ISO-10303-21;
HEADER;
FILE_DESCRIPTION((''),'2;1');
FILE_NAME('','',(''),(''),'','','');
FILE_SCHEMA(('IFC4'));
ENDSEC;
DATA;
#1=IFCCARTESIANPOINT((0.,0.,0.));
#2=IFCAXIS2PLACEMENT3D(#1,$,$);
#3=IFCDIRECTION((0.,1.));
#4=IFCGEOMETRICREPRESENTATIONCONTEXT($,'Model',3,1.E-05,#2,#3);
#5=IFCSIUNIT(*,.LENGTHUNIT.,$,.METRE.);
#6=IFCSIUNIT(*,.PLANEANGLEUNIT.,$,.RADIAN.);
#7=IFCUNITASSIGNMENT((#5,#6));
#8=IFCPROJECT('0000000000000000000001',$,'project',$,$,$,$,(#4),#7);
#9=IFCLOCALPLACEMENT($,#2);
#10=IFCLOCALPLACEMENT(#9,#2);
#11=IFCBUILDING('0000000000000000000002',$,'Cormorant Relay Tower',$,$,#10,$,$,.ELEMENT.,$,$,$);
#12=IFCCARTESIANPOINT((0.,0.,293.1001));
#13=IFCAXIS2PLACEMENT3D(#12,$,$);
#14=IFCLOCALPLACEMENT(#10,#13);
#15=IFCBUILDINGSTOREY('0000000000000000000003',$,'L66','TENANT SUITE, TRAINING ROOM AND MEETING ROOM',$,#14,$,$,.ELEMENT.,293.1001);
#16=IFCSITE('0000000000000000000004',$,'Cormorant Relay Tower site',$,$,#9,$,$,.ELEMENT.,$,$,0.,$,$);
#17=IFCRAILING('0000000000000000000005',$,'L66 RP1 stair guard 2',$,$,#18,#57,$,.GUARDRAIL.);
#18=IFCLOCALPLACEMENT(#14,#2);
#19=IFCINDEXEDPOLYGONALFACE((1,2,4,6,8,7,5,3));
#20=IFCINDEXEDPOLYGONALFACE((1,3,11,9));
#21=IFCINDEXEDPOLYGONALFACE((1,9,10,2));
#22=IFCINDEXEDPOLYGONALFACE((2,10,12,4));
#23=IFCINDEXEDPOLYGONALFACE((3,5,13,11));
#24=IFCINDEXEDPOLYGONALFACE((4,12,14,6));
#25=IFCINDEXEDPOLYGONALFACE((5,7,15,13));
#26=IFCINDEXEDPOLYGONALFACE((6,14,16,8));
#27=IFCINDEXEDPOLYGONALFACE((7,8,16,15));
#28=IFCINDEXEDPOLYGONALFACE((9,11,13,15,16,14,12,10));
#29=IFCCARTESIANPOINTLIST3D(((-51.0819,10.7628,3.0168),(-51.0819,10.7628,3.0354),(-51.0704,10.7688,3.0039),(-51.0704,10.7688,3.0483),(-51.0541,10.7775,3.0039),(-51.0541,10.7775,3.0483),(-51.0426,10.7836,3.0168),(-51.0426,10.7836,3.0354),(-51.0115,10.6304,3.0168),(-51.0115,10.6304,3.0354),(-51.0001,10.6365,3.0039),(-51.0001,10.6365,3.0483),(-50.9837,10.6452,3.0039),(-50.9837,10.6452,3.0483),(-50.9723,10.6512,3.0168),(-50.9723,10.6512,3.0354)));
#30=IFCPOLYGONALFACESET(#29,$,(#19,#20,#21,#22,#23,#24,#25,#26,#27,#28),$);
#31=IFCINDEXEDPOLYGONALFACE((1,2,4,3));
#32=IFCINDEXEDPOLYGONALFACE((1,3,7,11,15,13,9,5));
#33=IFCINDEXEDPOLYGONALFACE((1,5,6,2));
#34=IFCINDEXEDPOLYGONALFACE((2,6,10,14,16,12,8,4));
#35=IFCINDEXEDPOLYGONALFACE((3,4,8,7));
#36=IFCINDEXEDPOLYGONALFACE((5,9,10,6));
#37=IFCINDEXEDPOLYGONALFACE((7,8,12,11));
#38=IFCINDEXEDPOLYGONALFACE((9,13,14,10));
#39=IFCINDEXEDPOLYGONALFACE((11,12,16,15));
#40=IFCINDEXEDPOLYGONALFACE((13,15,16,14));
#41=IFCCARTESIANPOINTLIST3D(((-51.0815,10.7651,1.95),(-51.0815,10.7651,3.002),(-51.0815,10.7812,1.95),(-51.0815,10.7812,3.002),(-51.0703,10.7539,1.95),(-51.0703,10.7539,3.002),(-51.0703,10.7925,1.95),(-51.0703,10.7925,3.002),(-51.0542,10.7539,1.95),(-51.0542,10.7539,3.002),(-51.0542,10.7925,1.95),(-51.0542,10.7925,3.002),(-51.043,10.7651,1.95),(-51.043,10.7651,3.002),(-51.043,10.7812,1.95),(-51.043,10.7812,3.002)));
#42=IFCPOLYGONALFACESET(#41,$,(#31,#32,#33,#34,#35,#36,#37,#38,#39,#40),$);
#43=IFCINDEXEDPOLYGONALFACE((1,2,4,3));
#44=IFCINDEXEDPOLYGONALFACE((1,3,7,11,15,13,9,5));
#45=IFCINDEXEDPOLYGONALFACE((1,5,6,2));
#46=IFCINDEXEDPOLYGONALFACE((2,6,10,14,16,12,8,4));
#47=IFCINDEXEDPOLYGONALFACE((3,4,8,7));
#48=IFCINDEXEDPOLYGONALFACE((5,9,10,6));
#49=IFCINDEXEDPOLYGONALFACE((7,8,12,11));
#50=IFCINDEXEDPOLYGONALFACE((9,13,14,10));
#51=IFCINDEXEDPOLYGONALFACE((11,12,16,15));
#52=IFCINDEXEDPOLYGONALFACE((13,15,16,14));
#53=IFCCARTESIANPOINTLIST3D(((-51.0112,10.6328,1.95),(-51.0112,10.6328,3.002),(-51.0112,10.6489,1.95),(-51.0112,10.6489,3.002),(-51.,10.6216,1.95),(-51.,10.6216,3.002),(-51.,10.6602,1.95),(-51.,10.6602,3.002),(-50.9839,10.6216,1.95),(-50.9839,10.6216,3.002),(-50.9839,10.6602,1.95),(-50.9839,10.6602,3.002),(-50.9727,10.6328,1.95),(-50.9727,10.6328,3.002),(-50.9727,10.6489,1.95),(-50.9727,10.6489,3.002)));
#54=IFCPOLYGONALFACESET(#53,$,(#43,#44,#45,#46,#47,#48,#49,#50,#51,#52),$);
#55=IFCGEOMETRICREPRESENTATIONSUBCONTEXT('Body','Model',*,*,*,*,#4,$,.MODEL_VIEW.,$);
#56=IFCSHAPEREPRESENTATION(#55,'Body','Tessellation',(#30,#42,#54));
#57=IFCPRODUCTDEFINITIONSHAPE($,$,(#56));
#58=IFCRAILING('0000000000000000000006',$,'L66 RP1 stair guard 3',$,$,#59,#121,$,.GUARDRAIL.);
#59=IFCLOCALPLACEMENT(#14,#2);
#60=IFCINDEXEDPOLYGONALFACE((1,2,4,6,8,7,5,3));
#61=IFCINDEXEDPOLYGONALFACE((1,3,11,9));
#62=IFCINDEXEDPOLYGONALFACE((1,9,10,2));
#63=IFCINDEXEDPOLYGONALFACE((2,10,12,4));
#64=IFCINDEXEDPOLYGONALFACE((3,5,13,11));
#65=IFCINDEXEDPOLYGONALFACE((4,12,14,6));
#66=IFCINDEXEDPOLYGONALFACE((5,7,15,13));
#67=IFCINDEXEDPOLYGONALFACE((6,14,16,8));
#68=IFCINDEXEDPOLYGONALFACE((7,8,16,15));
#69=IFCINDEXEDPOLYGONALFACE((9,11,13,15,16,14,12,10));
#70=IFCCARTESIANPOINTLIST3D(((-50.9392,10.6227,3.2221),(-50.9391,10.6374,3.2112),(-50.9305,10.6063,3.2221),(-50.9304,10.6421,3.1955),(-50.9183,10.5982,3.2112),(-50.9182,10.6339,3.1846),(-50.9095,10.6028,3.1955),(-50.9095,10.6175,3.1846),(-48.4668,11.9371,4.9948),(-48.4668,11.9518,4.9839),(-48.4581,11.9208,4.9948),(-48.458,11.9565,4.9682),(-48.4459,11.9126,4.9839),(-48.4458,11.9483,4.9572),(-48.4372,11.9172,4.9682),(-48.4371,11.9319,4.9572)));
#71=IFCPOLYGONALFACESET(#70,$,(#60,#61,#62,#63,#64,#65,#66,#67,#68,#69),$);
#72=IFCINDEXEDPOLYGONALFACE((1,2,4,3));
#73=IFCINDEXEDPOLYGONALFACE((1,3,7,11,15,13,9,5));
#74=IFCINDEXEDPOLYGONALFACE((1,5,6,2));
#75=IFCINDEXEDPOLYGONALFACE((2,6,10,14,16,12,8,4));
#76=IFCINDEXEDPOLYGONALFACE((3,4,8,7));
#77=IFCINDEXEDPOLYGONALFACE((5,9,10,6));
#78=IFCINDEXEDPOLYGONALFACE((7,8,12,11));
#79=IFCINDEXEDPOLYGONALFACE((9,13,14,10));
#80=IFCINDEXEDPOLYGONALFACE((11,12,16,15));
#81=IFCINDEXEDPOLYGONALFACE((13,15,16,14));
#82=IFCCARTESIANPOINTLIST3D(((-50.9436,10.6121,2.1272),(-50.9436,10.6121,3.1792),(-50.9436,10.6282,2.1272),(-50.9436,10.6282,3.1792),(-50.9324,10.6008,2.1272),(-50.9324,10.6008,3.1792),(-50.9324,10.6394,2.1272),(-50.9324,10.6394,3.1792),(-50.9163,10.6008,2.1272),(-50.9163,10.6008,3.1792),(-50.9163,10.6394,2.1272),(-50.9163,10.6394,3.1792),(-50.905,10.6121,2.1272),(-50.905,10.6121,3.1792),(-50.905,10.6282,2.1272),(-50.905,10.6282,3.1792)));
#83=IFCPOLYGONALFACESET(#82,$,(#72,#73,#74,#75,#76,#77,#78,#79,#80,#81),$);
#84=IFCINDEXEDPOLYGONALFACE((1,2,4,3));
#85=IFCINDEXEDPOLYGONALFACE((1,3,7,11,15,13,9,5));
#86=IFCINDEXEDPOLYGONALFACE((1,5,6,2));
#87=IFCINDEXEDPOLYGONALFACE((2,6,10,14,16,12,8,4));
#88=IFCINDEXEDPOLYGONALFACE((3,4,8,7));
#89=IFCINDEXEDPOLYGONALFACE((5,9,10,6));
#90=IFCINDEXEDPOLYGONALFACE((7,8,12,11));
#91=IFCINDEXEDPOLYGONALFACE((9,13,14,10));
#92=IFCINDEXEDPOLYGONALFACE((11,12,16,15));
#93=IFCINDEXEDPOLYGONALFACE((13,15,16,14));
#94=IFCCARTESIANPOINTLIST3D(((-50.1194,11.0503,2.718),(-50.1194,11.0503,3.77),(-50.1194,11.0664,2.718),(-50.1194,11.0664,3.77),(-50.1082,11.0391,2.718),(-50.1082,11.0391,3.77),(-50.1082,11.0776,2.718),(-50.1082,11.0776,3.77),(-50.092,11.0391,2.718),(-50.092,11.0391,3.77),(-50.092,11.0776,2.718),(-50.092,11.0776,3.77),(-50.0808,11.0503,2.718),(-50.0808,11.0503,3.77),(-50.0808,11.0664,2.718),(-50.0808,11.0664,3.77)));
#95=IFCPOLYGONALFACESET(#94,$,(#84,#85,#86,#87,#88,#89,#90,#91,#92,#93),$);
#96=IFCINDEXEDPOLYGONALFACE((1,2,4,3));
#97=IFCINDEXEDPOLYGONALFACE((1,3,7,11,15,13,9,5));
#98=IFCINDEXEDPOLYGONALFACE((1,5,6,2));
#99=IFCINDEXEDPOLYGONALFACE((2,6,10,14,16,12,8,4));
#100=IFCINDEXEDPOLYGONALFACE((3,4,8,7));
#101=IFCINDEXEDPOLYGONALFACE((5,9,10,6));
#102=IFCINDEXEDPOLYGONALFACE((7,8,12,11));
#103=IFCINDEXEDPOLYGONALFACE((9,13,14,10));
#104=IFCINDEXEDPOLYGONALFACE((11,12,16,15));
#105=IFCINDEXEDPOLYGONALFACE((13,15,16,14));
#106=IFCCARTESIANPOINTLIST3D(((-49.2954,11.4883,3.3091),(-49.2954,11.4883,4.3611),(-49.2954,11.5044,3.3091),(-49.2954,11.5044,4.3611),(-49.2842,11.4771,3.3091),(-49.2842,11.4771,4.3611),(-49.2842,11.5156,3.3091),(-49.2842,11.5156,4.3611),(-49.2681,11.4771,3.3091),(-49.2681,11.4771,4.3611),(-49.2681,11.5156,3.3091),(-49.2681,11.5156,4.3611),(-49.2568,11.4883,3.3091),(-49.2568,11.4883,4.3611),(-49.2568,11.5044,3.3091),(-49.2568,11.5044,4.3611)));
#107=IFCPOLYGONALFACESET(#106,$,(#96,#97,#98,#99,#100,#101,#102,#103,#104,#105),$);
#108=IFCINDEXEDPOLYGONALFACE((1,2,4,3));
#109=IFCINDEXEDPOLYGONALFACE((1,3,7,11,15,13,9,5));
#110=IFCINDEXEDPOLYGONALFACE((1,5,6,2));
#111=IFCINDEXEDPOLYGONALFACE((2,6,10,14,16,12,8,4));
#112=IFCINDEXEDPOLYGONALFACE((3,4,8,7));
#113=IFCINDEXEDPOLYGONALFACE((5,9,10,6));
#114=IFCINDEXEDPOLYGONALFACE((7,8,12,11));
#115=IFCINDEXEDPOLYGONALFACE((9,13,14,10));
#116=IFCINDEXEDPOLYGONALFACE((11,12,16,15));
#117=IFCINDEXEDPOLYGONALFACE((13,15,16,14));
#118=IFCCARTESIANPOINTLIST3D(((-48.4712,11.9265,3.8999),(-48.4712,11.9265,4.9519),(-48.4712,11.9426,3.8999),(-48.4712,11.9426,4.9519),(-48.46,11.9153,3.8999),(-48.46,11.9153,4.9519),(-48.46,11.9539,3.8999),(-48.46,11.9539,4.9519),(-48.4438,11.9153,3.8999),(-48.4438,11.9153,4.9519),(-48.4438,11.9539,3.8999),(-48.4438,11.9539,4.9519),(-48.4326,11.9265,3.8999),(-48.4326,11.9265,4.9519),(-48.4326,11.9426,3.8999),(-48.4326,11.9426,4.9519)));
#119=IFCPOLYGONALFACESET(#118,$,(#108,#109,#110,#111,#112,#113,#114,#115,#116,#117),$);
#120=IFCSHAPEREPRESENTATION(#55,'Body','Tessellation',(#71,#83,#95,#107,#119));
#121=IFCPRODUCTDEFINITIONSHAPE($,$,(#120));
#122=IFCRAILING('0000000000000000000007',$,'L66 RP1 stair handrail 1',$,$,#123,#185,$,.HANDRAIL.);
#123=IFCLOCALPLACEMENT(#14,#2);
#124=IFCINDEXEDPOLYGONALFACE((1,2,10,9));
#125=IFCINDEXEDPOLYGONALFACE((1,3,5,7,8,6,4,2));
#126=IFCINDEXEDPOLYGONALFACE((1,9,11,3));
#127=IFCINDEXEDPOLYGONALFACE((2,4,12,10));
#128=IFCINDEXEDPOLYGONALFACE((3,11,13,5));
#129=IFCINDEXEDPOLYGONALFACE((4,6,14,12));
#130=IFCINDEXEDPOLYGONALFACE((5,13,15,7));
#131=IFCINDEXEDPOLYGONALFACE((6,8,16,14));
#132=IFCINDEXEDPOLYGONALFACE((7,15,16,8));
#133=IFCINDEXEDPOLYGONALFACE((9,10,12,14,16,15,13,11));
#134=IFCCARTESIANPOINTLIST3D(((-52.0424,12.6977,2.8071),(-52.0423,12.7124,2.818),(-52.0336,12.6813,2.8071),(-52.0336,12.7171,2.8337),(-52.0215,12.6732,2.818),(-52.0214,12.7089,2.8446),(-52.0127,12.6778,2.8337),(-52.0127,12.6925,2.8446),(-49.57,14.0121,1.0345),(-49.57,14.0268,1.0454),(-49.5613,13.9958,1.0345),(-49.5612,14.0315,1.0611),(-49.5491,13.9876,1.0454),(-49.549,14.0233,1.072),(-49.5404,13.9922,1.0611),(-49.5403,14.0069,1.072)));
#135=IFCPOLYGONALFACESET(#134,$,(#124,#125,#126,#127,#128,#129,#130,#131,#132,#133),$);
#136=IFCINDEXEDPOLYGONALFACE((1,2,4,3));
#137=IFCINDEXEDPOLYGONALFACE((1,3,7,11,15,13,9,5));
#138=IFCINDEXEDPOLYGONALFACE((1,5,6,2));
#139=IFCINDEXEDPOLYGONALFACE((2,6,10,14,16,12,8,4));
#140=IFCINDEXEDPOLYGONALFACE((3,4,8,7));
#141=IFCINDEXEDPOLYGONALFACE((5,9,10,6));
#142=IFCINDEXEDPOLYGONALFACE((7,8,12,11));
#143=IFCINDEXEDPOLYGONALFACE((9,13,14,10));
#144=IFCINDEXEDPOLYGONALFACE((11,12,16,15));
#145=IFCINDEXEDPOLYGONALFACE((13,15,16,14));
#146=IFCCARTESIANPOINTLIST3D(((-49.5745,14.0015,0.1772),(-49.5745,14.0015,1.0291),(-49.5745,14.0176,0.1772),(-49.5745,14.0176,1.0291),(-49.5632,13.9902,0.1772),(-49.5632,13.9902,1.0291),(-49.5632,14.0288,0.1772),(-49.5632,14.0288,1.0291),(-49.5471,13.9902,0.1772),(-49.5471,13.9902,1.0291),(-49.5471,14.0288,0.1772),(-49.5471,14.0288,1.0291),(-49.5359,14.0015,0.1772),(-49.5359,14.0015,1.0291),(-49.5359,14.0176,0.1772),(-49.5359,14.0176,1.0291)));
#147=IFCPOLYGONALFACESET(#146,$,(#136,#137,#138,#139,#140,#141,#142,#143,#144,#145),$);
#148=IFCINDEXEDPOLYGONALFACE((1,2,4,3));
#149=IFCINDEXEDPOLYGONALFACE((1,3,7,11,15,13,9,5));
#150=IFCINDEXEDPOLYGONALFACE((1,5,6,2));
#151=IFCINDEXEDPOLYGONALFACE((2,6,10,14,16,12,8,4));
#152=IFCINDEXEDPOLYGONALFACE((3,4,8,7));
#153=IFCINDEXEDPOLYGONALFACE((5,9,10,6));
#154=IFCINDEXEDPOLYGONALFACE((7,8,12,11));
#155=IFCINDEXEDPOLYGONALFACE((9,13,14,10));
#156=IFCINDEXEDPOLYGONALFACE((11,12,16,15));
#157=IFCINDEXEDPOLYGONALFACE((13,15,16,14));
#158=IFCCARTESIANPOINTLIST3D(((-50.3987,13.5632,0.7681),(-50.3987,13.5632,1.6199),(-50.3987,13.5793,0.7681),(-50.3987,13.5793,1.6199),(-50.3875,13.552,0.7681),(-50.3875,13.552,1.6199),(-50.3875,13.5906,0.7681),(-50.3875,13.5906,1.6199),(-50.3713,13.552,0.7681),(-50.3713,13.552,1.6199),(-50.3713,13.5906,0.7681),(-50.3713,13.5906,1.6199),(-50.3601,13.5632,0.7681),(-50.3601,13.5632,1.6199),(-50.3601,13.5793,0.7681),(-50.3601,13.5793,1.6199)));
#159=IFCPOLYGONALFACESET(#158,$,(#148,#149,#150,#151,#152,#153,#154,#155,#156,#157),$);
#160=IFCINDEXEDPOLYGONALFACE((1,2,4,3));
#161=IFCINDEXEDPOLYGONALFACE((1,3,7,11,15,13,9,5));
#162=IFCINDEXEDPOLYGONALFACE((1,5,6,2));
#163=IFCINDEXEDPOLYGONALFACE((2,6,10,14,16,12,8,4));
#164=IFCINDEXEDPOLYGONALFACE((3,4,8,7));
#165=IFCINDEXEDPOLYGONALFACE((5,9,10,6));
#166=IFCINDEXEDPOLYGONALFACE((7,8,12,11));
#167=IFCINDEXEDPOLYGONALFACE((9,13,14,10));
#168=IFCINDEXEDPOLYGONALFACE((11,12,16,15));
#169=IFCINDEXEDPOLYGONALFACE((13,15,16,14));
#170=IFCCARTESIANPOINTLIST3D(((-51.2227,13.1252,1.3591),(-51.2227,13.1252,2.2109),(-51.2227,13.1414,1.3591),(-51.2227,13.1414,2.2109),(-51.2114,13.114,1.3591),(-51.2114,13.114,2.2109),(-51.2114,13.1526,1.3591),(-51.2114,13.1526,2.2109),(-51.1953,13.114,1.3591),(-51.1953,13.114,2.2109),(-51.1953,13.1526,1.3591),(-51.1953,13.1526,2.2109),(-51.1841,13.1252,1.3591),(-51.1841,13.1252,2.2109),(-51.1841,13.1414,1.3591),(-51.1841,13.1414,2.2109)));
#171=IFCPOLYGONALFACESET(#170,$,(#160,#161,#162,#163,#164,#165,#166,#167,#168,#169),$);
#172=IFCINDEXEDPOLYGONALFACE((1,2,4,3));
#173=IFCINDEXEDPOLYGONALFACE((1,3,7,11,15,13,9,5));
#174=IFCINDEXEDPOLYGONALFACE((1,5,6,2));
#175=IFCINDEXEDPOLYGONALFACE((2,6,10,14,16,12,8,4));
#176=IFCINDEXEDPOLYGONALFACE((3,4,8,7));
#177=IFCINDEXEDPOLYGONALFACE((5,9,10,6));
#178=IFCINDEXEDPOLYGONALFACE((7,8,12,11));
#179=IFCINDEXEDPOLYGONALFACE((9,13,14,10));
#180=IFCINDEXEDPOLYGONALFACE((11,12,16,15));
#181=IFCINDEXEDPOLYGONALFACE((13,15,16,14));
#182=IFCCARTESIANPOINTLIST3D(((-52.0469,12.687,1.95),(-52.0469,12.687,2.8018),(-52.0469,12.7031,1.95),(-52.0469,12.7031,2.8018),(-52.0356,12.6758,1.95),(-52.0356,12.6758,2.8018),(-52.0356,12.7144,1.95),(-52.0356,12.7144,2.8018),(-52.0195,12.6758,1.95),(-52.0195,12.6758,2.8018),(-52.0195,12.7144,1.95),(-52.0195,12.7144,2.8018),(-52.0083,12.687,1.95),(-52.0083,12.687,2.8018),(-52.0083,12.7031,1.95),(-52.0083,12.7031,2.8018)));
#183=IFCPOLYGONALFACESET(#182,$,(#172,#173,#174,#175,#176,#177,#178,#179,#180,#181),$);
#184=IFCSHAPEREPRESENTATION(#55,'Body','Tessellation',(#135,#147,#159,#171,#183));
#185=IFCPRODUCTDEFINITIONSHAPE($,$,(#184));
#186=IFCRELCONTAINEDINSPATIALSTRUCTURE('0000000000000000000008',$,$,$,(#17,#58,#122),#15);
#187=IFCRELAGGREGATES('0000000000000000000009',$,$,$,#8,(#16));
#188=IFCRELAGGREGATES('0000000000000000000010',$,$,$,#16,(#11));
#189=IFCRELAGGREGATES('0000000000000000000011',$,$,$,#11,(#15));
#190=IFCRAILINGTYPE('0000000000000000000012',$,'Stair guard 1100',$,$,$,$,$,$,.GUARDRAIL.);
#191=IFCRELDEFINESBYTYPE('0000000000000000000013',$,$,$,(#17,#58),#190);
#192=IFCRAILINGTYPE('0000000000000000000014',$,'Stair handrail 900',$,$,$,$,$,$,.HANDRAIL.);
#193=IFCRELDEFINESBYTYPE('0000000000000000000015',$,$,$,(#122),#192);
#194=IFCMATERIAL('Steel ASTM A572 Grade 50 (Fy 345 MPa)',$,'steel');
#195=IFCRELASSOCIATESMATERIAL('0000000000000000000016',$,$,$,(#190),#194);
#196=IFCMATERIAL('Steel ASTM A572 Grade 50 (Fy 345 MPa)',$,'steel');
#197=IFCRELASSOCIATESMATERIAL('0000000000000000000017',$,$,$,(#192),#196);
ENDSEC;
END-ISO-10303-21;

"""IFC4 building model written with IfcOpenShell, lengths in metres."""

from ifc_helpers import new_model, si_unit, direction, frame, origin, place, context, subcontext, project, spatial, polyline, outline, extrude, material, type_object, element, save


model = new_model("IFC4")

# Units and contexts
model_context = context("Model", 3, precision=1e-05, world=origin(), true_north=direction((0.0, 1.0)))
body_context = subcontext(model_context, "Body", "Model", "MODEL_VIEW")
ifc_project = project(units=[si_unit("LENGTHUNIT", "METRE"), si_unit("PLANEANGLEUNIT", "RADIAN")], contexts=[model_context])

# Site, building, storey
site_placement = place(None, origin())
site = spatial("IfcSite", under=ifc_project, at=site_placement, Name="Cormorant Relay Tower site", CompositionType="ELEMENT", RefElevation=0.0)
building_placement = place(site_placement, origin())
building = spatial("IfcBuilding", under=site, at=building_placement, Name="Cormorant Relay Tower", CompositionType="ELEMENT")
storey_placement = place(building_placement, frame((0.0, 0.0, 293.1001)))
storey = spatial("IfcBuildingStorey", under=building, at=storey_placement, Name="L66", Description="TENANT SUITE, TRAINING ROOM AND MEETING ROOM", CompositionType="ELEMENT", Elevation=293.1001)

# Railings
ifc_material_1 = material(Name="Steel ASTM A572 Grade 50 (Fy 345 MPa)", Category="steel")
railing_type_1 = type_object("IfcRailingType", Name="Stair guard 1100", PredefinedType="GUARDRAIL", material=ifc_material_1)
railing_1_placement = place(storey_placement, frame((-51.0623, 10.7732, 1.95)))
element("IfcRailing", 1, at=railing_1_placement, inside=storey, type_object=railing_type_1, Name="L66 RP1 stair guard 2", PredefinedType="GUARDRAIL", context=body_context, shape_type="SweptSolid", body=[
    extrude(outline(polyline([(0.0222, 0.0093), (0.0093, 0.0222), (-0.0093, 0.0222), (-0.0222, 0.0093), (-0.0222, -0.0093), (-0.0093, -0.0222), (0.0093, -0.0222), (0.0222, -0.0093), (0.0222, 0.0093)])), frame((0.0, 0.0, 1.0762), z_axis=(0.469235, -0.883074, 0.0), x_axis=(0.883074, 0.469235, 0.0)), (0.0, 0.0, 1.0), 0.1499),
    extrude(outline(polyline([(0.0193, 0.0081), (0.0081, 0.0193), (-0.0081, 0.0193), (-0.0193, 0.0081), (-0.0193, -0.0081), (-0.0081, -0.0193), (0.0081, -0.0193), (0.0193, -0.0081), (0.0193, 0.0081)])), origin(), (0.0, 0.0, 1.0), 1.052),
    extrude(outline(polyline([(0.0193, 0.0081), (0.0081, 0.0193), (-0.0081, 0.0193), (-0.0193, 0.0081), (-0.0193, -0.0081), (-0.0081, -0.0193), (0.0081, -0.0193), (0.0193, -0.0081), (0.0193, 0.0081)])), frame((0.0703, -0.1323, 0.0)), (0.0, 0.0, 1.0), 1.052),
])
railing_2_placement = place(storey_placement, frame((-50.9243, 10.6201, 2.1272)))
element("IfcRailing", 2, at=railing_2_placement, inside=storey, type_object=railing_type_1, Name="L66 RP1 stair guard 3", PredefinedType="GUARDRAIL", context=body_context, shape_type="SweptSolid", body=[
    extrude(outline(polyline([(0.0222, 0.0093), (0.0093, 0.0222), (-0.0093, 0.0222), (-0.0222, 0.0093), (-0.0222, -0.0093), (-0.0093, -0.0222), (0.0093, -0.0222), (0.0222, -0.0093), (0.0222, 0.0093)])), frame((0.0, 0.0, 1.0762), z_axis=(0.746034, 0.396627, 0.534902), x_axis=(-0.469429, 0.88297, 0.0)), (0.0, 0.0, 1.0), 3.314),
    extrude(outline(polyline([(0.0193, 0.0081), (0.0081, 0.0193), (-0.0081, 0.0193), (-0.0193, 0.0081), (-0.0193, -0.0081), (-0.0081, -0.0193), (0.0081, -0.0193), (0.0193, -0.0081), (0.0193, 0.0081)])), origin(), (0.0, 0.0, 1.0), 1.052),
    extrude(outline(polyline([(0.0193, 0.0081), (0.0081, 0.0193), (-0.0081, 0.0193), (-0.0193, 0.0081), (-0.0193, -0.0081), (-0.0081, -0.0193), (0.0081, -0.0193), (0.0193, -0.0081), (0.0193, 0.0081)])), frame((0.8242, 0.4382, 0.5908)), (0.0, 0.0, 1.0), 1.052),
    extrude(outline(polyline([(0.0193, 0.0081), (0.0081, 0.0193), (-0.0081, 0.0193), (-0.0193, 0.0081), (-0.0193, -0.0081), (-0.0081, -0.0193), (0.0081, -0.0193), (0.0193, -0.0081), (0.0193, 0.0081)])), frame((1.6482, 0.8762, 1.1819)), (0.0, 0.0, 1.0), 1.052),
    extrude(outline(polyline([(0.0193, 0.0081), (0.0081, 0.0193), (-0.0081, 0.0193), (-0.0193, 0.0081), (-0.0193, -0.0081), (-0.0081, -0.0193), (0.0081, -0.0193), (0.0193, -0.0081), (0.0193, 0.0081)])), frame((2.4724, 1.3145, 1.7727)), (0.0, 0.0, 1.0), 1.052),
])
ifc_material_2 = material(Name="Steel ASTM A572 Grade 50 (Fy 345 MPa)", Category="steel")
railing_type_2 = type_object("IfcRailingType", Name="Stair handrail 900", PredefinedType="HANDRAIL", material=ifc_material_2)
railing_3_placement = place(storey_placement, frame((-49.5552, 14.0095, 0.1772)))
element("IfcRailing", 3, at=railing_3_placement, inside=storey, type_object=railing_type_2, Name="L66 RP1 stair handrail 1", PredefinedType="HANDRAIL", context=body_context, shape_type="SweptSolid", body=[
    extrude(outline(polyline([(0.0222, 0.0093), (0.0093, 0.0222), (-0.0093, 0.0222), (-0.0222, 0.0093), (-0.0222, -0.0093), (-0.0093, -0.0222), (0.0093, -0.0222), (0.0222, -0.0093), (0.0222, 0.0093)])), frame((0.0, 0.0, 0.876), z_axis=(-0.746034, -0.396627, 0.534902), x_axis=(0.469429, -0.88297, 0.0)), (0.0, 0.0, 1.0), 3.314),
    extrude(outline(polyline([(0.0193, 0.0081), (0.0081, 0.0193), (-0.0081, 0.0193), (-0.0193, 0.0081), (-0.0193, -0.0081), (-0.0081, -0.0193), (0.0081, -0.0193), (0.0193, -0.0081), (0.0193, 0.0081)])), origin(), (0.0, 0.0, 1.0), 0.8518),
    extrude(outline(polyline([(0.0193, 0.0081), (0.0081, 0.0193), (-0.0081, 0.0193), (-0.0193, 0.0081), (-0.0193, -0.0081), (-0.0081, -0.0193), (0.0081, -0.0193), (0.0193, -0.0081), (0.0193, 0.0081)])), frame((-0.8242, -0.4382, 0.5908)), (0.0, 0.0, 1.0), 0.8518),
    extrude(outline(polyline([(0.0193, 0.0081), (0.0081, 0.0193), (-0.0081, 0.0193), (-0.0193, 0.0081), (-0.0193, -0.0081), (-0.0081, -0.0193), (0.0081, -0.0193), (0.0193, -0.0081), (0.0193, 0.0081)])), frame((-1.6482, -0.8762, 1.1819)), (0.0, 0.0, 1.0), 0.8518),
    extrude(outline(polyline([(0.0193, 0.0081), (0.0081, 0.0193), (-0.0081, 0.0193), (-0.0193, 0.0081), (-0.0193, -0.0081), (-0.0081, -0.0193), (0.0081, -0.0193), (0.0193, -0.0081), (0.0193, 0.0081)])), frame((-2.4724, -1.3145, 1.7727)), (0.0, 0.0, 1.0), 0.8518),
])

save(model, "model.ifc")
